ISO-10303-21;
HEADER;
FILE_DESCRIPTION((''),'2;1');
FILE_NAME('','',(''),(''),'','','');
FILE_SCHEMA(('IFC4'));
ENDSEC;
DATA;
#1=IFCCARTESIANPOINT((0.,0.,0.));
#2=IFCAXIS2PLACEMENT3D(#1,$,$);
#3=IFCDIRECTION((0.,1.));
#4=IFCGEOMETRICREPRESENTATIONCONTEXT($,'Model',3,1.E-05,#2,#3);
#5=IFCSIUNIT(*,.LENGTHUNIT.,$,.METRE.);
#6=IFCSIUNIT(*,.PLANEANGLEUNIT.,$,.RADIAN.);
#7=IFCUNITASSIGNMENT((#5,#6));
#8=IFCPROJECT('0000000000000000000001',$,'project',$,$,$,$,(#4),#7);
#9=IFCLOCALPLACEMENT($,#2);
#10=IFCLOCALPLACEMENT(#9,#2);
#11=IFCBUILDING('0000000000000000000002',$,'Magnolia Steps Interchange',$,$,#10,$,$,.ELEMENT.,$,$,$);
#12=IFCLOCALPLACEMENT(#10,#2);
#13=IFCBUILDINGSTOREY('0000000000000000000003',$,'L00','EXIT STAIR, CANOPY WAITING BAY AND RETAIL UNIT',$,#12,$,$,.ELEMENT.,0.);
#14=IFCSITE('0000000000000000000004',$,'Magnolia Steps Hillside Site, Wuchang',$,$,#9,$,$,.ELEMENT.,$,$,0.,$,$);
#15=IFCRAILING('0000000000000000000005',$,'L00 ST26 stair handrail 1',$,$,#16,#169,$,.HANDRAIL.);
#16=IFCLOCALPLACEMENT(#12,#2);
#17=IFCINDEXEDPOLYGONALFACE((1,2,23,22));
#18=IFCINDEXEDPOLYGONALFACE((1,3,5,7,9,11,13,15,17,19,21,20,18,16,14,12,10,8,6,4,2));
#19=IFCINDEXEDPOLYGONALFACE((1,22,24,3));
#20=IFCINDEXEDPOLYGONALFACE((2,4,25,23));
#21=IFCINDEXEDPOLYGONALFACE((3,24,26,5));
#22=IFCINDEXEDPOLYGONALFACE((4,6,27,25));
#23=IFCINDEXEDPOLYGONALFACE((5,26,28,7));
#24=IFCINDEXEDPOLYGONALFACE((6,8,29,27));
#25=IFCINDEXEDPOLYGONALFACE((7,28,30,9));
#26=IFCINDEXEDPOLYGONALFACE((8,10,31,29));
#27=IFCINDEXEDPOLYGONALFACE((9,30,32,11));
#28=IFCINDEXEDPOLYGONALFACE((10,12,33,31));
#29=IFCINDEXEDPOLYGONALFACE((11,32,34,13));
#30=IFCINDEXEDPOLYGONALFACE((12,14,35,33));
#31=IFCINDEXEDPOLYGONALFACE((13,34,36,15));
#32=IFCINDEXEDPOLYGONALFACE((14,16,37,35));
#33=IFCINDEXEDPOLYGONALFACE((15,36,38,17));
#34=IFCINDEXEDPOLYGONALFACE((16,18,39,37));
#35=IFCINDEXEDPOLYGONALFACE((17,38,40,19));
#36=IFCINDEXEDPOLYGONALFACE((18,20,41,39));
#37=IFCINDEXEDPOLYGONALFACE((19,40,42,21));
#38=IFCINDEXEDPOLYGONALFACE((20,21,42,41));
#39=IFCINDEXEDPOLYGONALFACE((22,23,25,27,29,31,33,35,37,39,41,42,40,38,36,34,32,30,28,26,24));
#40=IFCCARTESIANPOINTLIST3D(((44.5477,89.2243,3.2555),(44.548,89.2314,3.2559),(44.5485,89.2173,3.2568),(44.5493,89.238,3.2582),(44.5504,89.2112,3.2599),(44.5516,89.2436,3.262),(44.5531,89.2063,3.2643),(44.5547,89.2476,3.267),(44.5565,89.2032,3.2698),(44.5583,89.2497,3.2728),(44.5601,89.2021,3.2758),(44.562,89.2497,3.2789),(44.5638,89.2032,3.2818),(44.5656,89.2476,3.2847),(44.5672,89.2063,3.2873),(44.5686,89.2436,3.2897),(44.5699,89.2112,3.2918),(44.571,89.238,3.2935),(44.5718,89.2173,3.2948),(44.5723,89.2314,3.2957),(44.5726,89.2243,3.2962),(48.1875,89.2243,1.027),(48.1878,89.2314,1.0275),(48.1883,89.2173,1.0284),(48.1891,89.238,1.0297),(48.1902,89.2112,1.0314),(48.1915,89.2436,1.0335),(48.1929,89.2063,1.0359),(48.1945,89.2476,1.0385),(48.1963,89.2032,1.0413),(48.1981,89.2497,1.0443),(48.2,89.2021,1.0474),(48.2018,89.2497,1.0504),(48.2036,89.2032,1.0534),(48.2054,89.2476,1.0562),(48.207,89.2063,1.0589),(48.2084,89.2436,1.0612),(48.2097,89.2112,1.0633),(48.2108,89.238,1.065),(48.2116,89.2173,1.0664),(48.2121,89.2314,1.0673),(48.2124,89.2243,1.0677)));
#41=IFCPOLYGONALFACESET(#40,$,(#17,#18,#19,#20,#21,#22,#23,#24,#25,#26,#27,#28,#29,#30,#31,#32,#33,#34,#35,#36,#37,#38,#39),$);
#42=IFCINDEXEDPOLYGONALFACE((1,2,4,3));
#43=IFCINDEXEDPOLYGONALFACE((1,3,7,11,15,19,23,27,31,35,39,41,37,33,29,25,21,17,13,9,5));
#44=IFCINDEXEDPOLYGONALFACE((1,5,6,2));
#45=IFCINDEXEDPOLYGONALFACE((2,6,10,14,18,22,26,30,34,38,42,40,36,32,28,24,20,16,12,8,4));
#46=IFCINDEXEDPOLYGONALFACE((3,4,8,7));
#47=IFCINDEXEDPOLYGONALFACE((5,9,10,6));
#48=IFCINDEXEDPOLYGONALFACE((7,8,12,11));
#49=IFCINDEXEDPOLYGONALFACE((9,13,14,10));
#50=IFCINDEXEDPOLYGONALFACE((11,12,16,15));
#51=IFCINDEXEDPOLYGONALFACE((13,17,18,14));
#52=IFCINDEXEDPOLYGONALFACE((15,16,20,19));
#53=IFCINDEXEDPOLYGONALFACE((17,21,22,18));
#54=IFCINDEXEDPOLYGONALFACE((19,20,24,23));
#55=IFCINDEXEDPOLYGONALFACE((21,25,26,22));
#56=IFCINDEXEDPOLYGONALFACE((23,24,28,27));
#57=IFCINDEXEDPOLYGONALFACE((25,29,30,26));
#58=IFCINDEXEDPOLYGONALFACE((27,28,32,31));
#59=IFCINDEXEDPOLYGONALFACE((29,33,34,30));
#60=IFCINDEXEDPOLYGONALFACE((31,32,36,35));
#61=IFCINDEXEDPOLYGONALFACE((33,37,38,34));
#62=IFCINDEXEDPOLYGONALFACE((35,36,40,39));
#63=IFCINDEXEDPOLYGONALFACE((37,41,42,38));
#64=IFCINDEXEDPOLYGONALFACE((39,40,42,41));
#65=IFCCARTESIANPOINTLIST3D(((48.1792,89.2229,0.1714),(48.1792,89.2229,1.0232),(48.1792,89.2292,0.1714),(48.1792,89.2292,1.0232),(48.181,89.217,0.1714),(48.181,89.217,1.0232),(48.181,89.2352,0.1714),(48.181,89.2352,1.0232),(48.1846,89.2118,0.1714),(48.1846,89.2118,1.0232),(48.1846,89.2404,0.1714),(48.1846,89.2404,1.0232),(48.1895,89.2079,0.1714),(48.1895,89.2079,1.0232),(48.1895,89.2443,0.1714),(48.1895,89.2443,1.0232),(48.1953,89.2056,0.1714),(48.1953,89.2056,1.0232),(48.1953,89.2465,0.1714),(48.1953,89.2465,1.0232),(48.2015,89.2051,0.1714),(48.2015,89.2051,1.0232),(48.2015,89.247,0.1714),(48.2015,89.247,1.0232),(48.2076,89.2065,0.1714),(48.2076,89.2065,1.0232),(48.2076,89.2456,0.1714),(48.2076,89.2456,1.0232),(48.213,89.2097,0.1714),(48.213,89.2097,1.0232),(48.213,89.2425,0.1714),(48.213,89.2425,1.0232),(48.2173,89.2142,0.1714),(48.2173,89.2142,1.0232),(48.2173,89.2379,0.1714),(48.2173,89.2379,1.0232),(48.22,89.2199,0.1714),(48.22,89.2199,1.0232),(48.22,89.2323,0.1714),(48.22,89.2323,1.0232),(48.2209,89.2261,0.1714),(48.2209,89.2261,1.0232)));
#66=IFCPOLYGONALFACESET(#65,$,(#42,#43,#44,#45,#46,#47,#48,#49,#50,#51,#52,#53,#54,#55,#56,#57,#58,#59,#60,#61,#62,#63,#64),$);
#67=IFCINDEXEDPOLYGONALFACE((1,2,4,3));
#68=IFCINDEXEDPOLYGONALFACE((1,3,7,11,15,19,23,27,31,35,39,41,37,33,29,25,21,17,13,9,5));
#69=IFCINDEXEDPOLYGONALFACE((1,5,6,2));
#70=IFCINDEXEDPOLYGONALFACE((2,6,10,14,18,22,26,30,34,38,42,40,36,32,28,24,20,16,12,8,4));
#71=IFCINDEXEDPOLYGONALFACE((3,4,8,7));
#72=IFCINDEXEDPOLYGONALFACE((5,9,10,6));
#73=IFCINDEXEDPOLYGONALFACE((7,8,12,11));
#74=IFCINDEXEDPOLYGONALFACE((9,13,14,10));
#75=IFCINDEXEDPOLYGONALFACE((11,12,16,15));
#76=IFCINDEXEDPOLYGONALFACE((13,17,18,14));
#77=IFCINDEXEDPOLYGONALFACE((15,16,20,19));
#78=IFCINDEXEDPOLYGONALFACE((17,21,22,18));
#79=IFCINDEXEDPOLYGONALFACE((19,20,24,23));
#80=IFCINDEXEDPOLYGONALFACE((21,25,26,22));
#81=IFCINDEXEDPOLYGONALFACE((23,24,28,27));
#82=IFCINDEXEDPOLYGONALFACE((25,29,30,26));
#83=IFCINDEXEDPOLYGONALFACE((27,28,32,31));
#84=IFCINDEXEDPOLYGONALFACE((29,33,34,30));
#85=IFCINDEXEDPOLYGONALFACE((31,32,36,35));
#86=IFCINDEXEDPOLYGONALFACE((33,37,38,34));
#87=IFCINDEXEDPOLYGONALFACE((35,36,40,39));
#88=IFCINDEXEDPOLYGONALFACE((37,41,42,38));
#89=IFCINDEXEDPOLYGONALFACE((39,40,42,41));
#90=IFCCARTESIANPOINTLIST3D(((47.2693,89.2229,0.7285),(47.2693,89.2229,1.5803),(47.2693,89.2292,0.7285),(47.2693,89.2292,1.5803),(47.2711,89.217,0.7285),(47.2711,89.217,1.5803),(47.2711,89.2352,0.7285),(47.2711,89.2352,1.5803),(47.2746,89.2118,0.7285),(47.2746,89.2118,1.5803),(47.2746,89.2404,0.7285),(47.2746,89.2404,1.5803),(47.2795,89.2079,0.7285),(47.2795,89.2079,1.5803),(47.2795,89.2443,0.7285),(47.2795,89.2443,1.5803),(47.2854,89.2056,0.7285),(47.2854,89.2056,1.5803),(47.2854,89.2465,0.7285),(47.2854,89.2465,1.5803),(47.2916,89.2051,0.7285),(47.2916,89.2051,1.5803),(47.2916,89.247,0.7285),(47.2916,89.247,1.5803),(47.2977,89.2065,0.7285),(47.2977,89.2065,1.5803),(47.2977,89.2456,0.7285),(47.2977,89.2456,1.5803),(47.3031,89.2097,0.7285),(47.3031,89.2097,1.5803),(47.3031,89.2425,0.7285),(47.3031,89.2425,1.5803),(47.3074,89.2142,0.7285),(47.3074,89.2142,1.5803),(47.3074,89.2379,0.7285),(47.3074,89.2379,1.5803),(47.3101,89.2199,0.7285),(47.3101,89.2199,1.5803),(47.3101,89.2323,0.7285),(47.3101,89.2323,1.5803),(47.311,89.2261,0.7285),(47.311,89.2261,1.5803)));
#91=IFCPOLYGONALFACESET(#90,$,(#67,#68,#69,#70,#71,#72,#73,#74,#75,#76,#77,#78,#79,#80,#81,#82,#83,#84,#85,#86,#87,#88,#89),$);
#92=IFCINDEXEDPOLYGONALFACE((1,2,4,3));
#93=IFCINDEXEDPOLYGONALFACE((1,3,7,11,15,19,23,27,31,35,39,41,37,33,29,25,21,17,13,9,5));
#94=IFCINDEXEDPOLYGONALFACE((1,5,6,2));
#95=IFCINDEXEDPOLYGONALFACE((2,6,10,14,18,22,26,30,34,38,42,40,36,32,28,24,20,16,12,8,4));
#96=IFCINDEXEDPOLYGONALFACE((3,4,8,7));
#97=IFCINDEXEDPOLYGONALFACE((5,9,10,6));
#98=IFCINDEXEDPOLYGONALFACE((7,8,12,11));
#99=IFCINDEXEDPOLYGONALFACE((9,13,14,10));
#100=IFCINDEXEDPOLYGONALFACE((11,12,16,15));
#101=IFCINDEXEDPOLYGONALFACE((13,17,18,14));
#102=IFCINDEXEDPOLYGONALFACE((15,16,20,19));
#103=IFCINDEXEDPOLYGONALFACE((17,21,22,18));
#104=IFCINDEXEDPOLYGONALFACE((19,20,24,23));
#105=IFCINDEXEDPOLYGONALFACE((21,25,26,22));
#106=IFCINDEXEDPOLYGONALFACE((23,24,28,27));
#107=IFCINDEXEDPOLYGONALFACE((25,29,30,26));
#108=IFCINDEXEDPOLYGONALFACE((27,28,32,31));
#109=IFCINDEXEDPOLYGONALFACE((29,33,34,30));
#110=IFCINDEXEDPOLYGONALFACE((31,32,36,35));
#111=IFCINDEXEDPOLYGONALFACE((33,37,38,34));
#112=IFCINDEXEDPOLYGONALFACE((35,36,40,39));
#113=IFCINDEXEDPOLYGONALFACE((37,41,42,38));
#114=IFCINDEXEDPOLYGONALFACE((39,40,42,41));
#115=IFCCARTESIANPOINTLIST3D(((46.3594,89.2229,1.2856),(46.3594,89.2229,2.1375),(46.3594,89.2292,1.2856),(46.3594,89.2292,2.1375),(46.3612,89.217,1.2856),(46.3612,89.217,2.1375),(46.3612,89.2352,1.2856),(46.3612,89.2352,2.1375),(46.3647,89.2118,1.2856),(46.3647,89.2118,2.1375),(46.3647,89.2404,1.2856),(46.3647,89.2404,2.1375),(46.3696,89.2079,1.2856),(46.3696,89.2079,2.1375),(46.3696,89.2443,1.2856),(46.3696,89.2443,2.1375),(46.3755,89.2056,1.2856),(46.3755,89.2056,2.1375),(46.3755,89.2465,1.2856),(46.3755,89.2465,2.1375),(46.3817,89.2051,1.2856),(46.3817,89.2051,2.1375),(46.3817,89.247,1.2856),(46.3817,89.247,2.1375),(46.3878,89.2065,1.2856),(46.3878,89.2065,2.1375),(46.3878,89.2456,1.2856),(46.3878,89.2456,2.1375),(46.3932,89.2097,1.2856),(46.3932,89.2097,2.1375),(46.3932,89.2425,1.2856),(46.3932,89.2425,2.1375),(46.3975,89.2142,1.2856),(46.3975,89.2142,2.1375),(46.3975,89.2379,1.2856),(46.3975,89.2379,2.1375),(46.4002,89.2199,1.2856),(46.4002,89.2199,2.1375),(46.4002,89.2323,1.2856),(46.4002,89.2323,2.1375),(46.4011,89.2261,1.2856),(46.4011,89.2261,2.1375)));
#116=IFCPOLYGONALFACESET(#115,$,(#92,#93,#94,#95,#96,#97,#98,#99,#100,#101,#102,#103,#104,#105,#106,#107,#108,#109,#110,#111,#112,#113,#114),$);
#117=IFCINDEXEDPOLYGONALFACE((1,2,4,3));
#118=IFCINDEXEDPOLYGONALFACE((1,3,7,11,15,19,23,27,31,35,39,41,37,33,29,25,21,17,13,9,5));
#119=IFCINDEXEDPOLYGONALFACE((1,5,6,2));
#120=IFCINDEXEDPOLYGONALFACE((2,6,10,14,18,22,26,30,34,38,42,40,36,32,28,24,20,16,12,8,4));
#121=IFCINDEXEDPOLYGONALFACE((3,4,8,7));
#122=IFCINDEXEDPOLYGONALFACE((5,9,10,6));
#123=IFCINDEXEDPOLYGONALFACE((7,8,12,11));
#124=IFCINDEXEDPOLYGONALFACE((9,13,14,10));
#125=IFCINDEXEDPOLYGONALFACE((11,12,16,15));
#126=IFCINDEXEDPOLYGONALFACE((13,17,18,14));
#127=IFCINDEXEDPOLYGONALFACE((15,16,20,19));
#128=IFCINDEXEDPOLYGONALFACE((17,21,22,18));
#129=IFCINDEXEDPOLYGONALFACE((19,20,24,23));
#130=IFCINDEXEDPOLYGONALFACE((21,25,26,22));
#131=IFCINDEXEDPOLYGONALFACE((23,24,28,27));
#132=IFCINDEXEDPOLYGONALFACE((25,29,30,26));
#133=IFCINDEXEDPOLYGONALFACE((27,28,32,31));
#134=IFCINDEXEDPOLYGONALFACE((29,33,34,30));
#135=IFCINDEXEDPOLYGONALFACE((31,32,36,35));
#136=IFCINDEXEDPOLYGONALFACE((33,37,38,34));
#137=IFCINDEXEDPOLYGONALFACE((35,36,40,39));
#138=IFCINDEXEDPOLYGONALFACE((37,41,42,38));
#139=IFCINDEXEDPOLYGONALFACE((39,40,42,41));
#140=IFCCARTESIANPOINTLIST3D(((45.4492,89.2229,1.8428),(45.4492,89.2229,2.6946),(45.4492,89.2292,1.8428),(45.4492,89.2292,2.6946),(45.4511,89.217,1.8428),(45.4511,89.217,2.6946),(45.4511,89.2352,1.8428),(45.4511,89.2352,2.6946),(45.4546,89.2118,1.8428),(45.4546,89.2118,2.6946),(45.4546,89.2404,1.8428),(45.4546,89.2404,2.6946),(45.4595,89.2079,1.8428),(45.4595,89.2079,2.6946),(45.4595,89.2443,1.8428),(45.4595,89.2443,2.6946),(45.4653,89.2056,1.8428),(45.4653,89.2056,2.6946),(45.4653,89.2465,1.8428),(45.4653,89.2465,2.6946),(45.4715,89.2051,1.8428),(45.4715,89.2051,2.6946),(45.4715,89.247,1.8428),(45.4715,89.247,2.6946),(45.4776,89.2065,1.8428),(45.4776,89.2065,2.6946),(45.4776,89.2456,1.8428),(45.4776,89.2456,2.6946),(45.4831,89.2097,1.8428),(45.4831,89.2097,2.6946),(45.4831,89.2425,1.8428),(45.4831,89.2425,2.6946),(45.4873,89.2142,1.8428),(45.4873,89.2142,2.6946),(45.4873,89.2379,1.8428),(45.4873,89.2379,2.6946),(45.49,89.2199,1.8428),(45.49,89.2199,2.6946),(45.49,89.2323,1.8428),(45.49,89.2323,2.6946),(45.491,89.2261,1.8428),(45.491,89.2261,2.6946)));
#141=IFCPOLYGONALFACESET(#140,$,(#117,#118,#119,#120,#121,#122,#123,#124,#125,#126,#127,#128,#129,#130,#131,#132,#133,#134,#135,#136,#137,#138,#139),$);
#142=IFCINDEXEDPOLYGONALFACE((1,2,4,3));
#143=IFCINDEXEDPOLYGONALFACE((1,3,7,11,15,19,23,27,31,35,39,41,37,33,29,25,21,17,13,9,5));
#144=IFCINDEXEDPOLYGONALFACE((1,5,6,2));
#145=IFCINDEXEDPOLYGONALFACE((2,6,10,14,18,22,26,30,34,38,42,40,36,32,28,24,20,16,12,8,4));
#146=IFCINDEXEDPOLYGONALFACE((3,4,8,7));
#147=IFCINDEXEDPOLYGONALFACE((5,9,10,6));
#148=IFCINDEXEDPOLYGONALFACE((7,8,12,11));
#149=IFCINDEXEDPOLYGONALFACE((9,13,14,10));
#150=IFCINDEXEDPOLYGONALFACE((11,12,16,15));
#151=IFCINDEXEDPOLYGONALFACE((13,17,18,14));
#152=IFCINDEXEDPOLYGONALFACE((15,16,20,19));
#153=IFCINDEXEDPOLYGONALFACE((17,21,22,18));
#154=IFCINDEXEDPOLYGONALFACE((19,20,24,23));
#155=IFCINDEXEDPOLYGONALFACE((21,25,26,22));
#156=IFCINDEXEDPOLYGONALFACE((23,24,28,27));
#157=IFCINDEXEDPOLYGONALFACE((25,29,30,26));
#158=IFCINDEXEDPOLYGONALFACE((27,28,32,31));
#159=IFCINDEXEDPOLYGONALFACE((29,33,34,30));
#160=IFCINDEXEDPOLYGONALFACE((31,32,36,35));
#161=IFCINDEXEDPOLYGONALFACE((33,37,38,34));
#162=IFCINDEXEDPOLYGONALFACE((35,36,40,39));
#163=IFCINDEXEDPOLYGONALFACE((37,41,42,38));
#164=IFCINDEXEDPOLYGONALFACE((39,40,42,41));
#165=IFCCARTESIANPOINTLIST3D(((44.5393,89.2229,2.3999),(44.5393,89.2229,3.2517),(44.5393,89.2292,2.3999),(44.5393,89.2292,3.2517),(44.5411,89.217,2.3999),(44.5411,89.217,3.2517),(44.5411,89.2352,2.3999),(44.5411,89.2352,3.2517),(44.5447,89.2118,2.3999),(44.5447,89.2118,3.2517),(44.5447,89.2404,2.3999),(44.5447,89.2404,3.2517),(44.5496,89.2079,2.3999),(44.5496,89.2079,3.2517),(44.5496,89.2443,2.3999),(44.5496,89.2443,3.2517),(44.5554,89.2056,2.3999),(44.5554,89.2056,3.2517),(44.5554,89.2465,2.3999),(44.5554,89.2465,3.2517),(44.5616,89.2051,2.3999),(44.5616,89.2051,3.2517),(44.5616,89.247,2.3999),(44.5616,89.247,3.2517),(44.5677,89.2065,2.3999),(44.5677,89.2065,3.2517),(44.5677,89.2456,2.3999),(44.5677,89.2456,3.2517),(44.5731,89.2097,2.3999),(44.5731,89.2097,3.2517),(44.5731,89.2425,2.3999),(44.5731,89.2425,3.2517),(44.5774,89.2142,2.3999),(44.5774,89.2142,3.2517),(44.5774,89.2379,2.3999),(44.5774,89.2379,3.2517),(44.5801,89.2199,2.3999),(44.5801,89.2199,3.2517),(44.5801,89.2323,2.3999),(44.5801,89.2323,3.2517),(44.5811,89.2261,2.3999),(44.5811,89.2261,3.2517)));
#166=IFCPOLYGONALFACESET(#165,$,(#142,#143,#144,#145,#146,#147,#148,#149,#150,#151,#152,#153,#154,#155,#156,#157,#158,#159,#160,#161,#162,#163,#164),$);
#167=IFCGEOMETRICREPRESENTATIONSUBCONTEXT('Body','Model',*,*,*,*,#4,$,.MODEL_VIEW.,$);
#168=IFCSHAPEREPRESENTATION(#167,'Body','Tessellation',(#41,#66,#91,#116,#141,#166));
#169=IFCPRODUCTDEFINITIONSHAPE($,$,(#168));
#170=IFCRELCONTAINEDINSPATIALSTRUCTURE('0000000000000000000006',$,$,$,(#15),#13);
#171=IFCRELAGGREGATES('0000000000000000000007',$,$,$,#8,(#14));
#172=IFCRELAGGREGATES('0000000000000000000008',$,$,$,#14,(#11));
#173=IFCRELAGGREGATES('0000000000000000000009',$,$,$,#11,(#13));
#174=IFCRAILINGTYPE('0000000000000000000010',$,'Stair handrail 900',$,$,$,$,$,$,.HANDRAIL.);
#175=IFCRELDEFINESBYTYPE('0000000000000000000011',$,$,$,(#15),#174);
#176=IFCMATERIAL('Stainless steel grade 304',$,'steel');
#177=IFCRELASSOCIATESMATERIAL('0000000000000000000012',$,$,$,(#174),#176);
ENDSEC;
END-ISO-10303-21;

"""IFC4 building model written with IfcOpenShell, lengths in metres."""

from ifc_helpers import new_model, si_unit, direction, frame, origin, origin_2d, place, context, subcontext, project, spatial, circle, extrude, material, type_object, element, save


model = new_model("IFC4")

# Units and contexts
model_context = context("Model", 3, precision=1e-05, world=origin(), true_north=direction((0.0, 1.0)))
body_context = subcontext(model_context, "Body", "Model", "MODEL_VIEW")
ifc_project = project(units=[si_unit("LENGTHUNIT", "METRE"), si_unit("PLANEANGLEUNIT", "RADIAN")], contexts=[model_context])

# Site, building, storey
site_placement = place(None, origin())
site = spatial("IfcSite", under=ifc_project, at=site_placement, Name="Magnolia Steps Hillside Site, Wuchang", CompositionType="ELEMENT", RefElevation=0.0)
building_placement = place(site_placement, origin())
building = spatial("IfcBuilding", under=site, at=building_placement, Name="Magnolia Steps Interchange", CompositionType="ELEMENT")
storey_placement = place(building_placement, origin())
storey = spatial("IfcBuildingStorey", under=building, at=storey_placement, Name="L00", Description="EXIT STAIR, CANOPY WAITING BAY AND RETAIL UNIT", CompositionType="ELEMENT", Elevation=0.0)

# Railing
ifc_material_1 = material(Name="Stainless steel grade 304", Category="steel")
railing_type_1 = type_object("IfcRailingType", Name="Stair handrail 900", PredefinedType="HANDRAIL", material=ifc_material_1)
railing_1_placement = place(storey_placement, frame((48.2, 89.2261, 0.1714)))
element("IfcRailing", 1, at=railing_1_placement, inside=storey, type_object=railing_type_1, Name="L00 ST26 stair handrail 1", PredefinedType="HANDRAIL", context=body_context, shape_type="SweptSolid", body=[
    extrude(circle(Radius=0.0239, at=origin_2d()), frame((0.0, 0.0, 0.876), z_axis=(-0.85285, 0.0, 0.522156), x_axis=(0.0, -1.0, 0.0)), (0.0, 0.0, 1.0), 4.2678),
    extrude(circle(Radius=0.021, at=origin_2d()), origin(), (0.0, 0.0, 1.0), 0.8518),
    extrude(circle(Radius=0.021, at=origin_2d()), frame((-0.9099, 0.0, 0.5571)), (0.0, 0.0, 1.0), 0.8518),
    extrude(circle(Radius=0.021, at=origin_2d()), frame((-1.8198, 0.0, 1.1143)), (0.0, 0.0, 1.0), 0.8518),
    extrude(circle(Radius=0.021, at=origin_2d()), frame((-2.73, 0.0, 1.6714)), (0.0, 0.0, 1.0), 0.8518),
    extrude(circle(Radius=0.021, at=origin_2d()), frame((-3.6399, 0.0, 2.2285)), (0.0, 0.0, 1.0), 0.8518),
])

save(model, "model.ifc")
